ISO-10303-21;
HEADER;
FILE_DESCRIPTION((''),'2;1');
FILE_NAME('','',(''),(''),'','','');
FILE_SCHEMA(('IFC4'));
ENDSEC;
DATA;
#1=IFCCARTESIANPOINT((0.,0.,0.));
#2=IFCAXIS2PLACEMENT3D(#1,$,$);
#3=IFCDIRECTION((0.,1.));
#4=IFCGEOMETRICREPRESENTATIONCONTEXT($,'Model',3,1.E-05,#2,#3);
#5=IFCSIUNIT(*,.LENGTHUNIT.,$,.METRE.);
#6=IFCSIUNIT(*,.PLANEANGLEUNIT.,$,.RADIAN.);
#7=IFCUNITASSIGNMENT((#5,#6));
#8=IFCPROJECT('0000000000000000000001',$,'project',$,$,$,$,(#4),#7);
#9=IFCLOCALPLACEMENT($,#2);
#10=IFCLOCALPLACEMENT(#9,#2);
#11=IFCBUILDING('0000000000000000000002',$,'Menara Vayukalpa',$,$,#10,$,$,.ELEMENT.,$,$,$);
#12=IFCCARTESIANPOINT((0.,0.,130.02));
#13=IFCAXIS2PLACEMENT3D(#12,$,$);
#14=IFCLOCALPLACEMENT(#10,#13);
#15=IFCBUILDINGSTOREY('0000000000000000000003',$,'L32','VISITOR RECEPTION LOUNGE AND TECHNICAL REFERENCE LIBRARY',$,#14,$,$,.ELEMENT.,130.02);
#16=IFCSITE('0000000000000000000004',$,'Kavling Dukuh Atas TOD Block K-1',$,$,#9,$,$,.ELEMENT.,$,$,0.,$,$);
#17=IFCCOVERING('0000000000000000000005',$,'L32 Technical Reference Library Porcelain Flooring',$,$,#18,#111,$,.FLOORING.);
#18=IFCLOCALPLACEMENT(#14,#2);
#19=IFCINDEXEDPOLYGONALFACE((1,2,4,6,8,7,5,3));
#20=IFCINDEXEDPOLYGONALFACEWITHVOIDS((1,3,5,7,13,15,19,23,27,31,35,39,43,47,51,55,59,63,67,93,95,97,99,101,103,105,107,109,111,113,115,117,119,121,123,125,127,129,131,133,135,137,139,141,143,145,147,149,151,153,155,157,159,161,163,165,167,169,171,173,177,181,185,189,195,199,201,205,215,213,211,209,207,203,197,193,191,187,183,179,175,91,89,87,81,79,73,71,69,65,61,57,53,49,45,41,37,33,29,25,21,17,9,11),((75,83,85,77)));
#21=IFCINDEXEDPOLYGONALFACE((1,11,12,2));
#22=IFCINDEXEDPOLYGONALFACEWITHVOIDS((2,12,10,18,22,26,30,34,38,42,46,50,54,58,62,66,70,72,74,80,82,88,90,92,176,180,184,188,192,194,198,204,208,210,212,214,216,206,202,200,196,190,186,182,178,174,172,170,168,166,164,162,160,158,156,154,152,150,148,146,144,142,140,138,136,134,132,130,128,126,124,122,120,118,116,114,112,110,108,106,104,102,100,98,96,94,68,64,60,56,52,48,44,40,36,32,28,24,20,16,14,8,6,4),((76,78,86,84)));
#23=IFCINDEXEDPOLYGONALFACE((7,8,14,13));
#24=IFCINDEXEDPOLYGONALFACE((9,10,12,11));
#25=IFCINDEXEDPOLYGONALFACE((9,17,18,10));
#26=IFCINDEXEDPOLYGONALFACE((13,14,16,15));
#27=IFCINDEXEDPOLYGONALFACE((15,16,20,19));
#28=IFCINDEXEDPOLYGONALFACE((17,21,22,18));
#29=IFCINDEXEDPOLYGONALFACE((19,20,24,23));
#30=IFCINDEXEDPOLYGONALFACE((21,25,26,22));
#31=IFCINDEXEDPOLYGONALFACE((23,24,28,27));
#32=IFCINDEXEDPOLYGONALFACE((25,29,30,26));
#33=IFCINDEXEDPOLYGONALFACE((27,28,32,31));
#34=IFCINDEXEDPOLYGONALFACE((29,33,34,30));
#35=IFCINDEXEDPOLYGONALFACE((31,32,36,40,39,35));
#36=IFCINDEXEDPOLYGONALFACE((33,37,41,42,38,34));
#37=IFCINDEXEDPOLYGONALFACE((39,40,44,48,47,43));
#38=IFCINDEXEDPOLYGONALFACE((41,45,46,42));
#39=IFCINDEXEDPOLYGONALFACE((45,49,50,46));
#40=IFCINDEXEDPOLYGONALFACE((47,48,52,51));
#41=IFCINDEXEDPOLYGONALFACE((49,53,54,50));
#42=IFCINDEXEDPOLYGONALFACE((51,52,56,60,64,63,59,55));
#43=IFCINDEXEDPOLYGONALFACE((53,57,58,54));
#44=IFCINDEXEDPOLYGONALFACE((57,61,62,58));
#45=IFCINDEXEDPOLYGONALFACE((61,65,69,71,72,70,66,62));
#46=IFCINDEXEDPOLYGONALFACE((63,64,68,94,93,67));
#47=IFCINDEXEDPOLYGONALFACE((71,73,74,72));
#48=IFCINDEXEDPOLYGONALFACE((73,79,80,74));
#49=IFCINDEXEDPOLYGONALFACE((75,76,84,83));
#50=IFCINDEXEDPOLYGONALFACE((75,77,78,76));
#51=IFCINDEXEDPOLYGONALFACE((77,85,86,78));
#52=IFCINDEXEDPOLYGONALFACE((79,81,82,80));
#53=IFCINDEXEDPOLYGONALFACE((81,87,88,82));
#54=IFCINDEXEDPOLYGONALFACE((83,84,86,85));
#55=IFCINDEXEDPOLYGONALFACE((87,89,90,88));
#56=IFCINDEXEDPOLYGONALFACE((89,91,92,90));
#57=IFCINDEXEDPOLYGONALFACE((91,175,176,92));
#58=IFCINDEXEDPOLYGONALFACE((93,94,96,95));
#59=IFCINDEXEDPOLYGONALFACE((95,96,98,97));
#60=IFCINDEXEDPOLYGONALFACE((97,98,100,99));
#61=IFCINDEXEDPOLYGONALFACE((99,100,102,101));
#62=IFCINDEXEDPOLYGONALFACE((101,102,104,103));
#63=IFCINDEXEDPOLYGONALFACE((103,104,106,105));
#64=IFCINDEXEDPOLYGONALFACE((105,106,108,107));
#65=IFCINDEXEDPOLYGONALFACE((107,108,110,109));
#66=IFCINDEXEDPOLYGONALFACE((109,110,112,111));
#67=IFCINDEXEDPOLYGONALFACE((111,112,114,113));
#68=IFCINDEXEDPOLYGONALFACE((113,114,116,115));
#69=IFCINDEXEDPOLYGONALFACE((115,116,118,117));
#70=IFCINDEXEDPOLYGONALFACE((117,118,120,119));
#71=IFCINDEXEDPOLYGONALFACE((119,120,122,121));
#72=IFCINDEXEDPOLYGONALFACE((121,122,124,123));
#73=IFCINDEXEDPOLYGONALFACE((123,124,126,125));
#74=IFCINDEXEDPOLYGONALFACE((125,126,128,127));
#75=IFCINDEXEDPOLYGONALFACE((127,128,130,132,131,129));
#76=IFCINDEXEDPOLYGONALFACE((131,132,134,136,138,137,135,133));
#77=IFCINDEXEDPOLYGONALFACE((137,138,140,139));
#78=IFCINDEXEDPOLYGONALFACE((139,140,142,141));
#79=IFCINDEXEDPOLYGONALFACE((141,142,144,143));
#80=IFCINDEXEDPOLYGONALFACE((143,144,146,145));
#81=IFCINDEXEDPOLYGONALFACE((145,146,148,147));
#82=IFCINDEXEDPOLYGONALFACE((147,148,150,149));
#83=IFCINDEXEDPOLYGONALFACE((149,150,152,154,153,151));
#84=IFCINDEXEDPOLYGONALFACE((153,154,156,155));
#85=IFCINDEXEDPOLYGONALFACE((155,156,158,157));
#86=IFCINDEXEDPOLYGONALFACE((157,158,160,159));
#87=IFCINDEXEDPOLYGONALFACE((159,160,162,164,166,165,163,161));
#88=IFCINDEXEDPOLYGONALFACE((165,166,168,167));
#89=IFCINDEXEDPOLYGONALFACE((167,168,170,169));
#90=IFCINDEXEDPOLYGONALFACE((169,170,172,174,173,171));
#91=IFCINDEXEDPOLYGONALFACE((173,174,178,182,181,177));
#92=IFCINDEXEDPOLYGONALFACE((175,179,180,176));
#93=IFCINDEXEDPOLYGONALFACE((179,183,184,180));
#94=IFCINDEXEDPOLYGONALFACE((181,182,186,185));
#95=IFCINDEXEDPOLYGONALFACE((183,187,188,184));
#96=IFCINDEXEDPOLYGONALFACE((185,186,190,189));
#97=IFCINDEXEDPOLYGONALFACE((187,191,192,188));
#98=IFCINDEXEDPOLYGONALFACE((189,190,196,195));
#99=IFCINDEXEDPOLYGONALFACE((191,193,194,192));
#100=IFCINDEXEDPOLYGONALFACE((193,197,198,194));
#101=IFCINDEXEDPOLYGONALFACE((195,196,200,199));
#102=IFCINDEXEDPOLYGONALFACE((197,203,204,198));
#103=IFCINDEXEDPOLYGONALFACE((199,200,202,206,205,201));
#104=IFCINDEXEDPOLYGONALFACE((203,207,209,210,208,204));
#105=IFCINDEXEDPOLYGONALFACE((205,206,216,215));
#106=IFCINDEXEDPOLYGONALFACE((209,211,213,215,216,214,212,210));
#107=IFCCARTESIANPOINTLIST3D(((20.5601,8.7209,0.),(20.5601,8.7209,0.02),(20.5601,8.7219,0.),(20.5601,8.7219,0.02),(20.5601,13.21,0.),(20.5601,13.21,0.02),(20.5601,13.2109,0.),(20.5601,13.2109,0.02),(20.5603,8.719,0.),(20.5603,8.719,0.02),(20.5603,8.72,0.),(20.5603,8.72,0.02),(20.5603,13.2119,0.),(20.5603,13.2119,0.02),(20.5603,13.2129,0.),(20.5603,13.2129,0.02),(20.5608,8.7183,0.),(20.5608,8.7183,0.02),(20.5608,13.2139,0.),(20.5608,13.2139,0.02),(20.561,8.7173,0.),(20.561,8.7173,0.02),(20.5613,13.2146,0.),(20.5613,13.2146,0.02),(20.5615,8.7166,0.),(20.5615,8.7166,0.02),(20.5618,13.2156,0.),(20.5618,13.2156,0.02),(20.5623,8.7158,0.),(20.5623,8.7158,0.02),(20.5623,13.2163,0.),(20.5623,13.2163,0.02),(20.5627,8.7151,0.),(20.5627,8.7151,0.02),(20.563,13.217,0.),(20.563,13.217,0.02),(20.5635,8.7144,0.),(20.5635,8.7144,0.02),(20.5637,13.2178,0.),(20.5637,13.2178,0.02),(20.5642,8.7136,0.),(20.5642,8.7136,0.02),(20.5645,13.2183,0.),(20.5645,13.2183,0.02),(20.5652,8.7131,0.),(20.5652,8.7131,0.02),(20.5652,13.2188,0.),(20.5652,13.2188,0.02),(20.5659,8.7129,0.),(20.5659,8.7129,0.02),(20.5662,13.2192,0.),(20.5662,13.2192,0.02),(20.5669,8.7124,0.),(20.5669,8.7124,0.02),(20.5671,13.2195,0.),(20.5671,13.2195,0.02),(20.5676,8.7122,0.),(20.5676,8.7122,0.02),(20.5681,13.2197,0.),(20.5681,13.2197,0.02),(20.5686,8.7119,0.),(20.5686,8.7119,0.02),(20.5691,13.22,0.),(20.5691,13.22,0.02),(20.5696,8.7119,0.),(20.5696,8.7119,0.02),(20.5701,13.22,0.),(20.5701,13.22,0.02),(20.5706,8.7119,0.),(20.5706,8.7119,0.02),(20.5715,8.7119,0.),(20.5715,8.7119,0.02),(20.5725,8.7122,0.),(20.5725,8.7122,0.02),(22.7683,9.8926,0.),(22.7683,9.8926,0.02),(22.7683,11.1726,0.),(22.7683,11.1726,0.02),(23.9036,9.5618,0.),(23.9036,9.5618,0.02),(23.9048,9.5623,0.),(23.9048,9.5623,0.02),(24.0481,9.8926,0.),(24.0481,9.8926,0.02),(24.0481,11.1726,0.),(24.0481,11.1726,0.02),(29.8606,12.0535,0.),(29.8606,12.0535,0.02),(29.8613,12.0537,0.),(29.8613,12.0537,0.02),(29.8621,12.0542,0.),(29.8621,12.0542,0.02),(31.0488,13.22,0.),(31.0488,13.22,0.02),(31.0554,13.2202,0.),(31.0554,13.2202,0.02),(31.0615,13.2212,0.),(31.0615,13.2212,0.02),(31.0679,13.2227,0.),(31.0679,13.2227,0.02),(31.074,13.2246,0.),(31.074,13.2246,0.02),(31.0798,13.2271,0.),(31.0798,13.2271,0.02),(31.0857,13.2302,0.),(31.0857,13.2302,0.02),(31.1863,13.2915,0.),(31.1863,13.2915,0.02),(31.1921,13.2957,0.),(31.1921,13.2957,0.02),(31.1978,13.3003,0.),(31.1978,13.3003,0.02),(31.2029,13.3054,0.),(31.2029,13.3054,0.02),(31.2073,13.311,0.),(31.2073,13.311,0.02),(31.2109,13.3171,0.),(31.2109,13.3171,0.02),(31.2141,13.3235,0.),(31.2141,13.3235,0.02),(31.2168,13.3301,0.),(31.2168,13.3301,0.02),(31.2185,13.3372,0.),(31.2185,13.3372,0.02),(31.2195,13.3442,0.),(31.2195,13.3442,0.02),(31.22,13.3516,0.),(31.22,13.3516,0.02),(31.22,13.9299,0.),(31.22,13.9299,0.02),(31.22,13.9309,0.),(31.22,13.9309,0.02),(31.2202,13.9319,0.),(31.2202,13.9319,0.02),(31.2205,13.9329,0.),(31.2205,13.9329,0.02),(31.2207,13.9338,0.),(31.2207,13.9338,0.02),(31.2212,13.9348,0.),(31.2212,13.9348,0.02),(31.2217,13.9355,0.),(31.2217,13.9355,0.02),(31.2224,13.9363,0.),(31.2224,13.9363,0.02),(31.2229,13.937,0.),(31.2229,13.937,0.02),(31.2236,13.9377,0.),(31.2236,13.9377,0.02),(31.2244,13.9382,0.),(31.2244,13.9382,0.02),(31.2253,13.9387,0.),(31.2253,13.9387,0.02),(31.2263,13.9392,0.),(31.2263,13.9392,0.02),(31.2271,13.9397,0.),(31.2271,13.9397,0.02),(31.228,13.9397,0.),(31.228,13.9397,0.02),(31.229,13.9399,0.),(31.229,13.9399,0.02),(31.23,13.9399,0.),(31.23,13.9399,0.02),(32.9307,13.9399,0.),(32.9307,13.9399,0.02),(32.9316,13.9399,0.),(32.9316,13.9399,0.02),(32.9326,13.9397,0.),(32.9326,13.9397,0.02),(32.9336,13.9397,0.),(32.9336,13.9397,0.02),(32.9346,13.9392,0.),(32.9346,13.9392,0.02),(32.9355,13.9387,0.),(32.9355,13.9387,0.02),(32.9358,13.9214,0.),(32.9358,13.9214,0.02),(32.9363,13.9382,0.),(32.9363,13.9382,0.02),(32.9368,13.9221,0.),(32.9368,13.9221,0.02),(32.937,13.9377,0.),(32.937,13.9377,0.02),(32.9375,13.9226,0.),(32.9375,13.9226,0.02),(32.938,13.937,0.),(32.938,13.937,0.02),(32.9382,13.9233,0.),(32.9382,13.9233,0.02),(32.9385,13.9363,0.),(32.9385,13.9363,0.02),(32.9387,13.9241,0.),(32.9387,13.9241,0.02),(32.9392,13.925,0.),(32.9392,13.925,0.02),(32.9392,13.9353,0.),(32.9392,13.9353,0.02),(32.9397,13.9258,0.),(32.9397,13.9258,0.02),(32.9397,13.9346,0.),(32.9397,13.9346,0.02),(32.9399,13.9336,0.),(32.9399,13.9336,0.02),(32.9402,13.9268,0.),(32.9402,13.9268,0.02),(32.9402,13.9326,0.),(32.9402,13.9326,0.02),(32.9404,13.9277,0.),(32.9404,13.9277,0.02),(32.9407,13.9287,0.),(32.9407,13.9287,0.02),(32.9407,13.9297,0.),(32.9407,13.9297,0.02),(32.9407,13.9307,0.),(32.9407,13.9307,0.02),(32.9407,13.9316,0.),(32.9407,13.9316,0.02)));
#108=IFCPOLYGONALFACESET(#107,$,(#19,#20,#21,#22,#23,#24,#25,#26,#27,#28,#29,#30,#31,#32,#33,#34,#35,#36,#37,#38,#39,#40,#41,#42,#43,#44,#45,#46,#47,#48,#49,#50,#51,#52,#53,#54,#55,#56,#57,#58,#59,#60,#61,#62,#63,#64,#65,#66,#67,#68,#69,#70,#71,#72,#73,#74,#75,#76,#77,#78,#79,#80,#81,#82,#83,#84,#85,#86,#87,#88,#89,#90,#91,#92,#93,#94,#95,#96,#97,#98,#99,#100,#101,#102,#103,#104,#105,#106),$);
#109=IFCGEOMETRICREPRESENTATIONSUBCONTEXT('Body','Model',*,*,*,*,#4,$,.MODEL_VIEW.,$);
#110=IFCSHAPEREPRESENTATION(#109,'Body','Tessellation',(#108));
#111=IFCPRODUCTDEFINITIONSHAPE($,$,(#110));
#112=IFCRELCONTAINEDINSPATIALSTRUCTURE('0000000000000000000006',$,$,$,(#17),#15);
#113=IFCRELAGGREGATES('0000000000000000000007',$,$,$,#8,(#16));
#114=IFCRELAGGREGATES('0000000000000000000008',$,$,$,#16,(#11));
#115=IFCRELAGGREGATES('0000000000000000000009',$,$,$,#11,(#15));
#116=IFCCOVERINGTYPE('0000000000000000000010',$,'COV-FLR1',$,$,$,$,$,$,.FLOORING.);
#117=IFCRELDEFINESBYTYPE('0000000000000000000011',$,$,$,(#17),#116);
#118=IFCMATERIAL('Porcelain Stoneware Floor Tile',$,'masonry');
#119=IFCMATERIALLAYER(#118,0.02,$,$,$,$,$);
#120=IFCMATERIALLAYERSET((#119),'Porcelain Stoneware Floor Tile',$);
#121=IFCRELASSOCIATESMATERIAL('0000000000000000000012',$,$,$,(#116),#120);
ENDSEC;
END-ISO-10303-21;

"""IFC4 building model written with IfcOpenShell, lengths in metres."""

from ifc_helpers import new_model, si_unit, direction, frame, origin, place, context, subcontext, project, spatial, polyline, outline, extrude, material, layer, layer_set, type_object, element, save


model = new_model("IFC4")

# Units and contexts
model_context = context("Model", 3, precision=1e-05, world=origin(), true_north=direction((0.0, 1.0)))
body_context = subcontext(model_context, "Body", "Model", "MODEL_VIEW")
ifc_project = project(units=[si_unit("LENGTHUNIT", "METRE"), si_unit("PLANEANGLEUNIT", "RADIAN")], contexts=[model_context])

# Site, building, storey
site_placement = place(None, origin())
site = spatial("IfcSite", under=ifc_project, at=site_placement, Name="Kavling Dukuh Atas TOD Block K-1", CompositionType="ELEMENT", RefElevation=0.0)
building_placement = place(site_placement, origin())
building = spatial("IfcBuilding", under=site, at=building_placement, Name="Menara Vayukalpa", CompositionType="ELEMENT")
storey_placement = place(building_placement, frame((0.0, 0.0, 130.02)))
storey = spatial("IfcBuildingStorey", under=building, at=storey_placement, Name="L32", Description="VISITOR RECEPTION LOUNGE AND TECHNICAL REFERENCE LIBRARY", CompositionType="ELEMENT", Elevation=130.02)

# Covering
ifc_material_1 = material(Name="Porcelain Stoneware Floor Tile", Category="masonry")
ifc_layer_1 = layer(ifc_material_1, 0.02)
ifc_layer_set_1 = layer_set([ifc_layer_1], Name="Porcelain Stoneware Floor Tile")
covering_type_1 = type_object("IfcCoveringType", Name="COV-FLR1", PredefinedType="FLOORING", material=ifc_layer_set_1)
covering_1_placement = place(storey_placement, origin())
element("IfcCovering", 1, at=covering_1_placement, inside=storey, type_object=covering_type_1, Name="L32 Technical Reference Library Porcelain Flooring", PredefinedType="FLOORING", context=body_context, shape_type="SweptSolid", body=[
    extrude(outline(polyline([(29.8606, 12.0535), (23.9048, 9.5623), (23.9036, 9.5618), (20.5725, 8.7122), (20.5715, 8.7119), (20.5706, 8.7119), (20.5696, 8.7119), (20.5686, 8.7119), (20.5676, 8.7122), (20.5669, 8.7124), (20.5659, 8.7129), (20.5652, 8.7131), (20.5642, 8.7136), (20.5635, 8.7144), (20.5627, 8.7151), (20.5623, 8.7158), (20.5615, 8.7166), (20.561, 8.7173), (20.5608, 8.7183), (20.5603, 8.719), (20.5603, 8.72), (20.5601, 8.7209), (20.5601, 8.7219), (20.5601, 13.21), (20.5601, 13.2109), (20.5603, 13.2119), (20.5603, 13.2129), (20.5608, 13.2139), (20.5613, 13.2146), (20.5618, 13.2156), (20.5623, 13.2163), (20.563, 13.217), (20.5637, 13.2178), (20.5645, 13.2183), (20.5652, 13.2188), (20.5662, 13.2192), (20.5671, 13.2195), (20.5681, 13.2197), (20.5691, 13.22), (20.5701, 13.22), (31.0488, 13.22), (31.0554, 13.2202), (31.0615, 13.2212), (31.0679, 13.2227), (31.074, 13.2246), (31.0798, 13.2271), (31.0857, 13.2302), (31.1863, 13.2915), (31.1921, 13.2957), (31.1978, 13.3003), (31.2029, 13.3054), (31.2073, 13.311), (31.2109, 13.3171), (31.2141, 13.3235), (31.2168, 13.3301), (31.2185, 13.3372), (31.2195, 13.3442), (31.22, 13.3516), (31.22, 13.9299), (31.22, 13.9309), (31.2202, 13.9319), (31.2205, 13.9329), (31.2207, 13.9338), (31.2212, 13.9348), (31.2217, 13.9355), (31.2224, 13.9363), (31.2229, 13.937), (31.2236, 13.9377), (31.2244, 13.9382), (31.2253, 13.9387), (31.2263, 13.9392), (31.2271, 13.9397), (31.228, 13.9397), (31.229, 13.9399), (31.23, 13.9399), (32.9307, 13.9399), (32.9316, 13.9399), (32.9326, 13.9397), (32.9336, 13.9397), (32.9346, 13.9392), (32.9355, 13.9387), (32.9363, 13.9382), (32.937, 13.9377), (32.938, 13.937), (32.9385, 13.9363), (32.9392, 13.9353), (32.9397, 13.9346), (32.9399, 13.9336), (32.9402, 13.9326), (32.9407, 13.9316), (32.9407, 13.9307), (32.9407, 13.9297), (32.9407, 13.9287), (32.9404, 13.9277), (32.9402, 13.9268), (32.9397, 13.9258), (32.9392, 13.925), (32.9387, 13.9241), (32.9382, 13.9233), (32.9375, 13.9226), (32.9368, 13.9221), (32.9358, 13.9214), (29.8621, 12.0542), (29.8613, 12.0537), (29.8606, 12.0535)]), holes=[polyline([(24.0481, 11.1726), (22.7683, 11.1726), (22.7683, 9.8926), (24.0481, 9.8926), (24.0481, 11.1726)])]), origin(), (0.0, 0.0, 1.0), 0.02),
])

save(model, "model.ifc")
